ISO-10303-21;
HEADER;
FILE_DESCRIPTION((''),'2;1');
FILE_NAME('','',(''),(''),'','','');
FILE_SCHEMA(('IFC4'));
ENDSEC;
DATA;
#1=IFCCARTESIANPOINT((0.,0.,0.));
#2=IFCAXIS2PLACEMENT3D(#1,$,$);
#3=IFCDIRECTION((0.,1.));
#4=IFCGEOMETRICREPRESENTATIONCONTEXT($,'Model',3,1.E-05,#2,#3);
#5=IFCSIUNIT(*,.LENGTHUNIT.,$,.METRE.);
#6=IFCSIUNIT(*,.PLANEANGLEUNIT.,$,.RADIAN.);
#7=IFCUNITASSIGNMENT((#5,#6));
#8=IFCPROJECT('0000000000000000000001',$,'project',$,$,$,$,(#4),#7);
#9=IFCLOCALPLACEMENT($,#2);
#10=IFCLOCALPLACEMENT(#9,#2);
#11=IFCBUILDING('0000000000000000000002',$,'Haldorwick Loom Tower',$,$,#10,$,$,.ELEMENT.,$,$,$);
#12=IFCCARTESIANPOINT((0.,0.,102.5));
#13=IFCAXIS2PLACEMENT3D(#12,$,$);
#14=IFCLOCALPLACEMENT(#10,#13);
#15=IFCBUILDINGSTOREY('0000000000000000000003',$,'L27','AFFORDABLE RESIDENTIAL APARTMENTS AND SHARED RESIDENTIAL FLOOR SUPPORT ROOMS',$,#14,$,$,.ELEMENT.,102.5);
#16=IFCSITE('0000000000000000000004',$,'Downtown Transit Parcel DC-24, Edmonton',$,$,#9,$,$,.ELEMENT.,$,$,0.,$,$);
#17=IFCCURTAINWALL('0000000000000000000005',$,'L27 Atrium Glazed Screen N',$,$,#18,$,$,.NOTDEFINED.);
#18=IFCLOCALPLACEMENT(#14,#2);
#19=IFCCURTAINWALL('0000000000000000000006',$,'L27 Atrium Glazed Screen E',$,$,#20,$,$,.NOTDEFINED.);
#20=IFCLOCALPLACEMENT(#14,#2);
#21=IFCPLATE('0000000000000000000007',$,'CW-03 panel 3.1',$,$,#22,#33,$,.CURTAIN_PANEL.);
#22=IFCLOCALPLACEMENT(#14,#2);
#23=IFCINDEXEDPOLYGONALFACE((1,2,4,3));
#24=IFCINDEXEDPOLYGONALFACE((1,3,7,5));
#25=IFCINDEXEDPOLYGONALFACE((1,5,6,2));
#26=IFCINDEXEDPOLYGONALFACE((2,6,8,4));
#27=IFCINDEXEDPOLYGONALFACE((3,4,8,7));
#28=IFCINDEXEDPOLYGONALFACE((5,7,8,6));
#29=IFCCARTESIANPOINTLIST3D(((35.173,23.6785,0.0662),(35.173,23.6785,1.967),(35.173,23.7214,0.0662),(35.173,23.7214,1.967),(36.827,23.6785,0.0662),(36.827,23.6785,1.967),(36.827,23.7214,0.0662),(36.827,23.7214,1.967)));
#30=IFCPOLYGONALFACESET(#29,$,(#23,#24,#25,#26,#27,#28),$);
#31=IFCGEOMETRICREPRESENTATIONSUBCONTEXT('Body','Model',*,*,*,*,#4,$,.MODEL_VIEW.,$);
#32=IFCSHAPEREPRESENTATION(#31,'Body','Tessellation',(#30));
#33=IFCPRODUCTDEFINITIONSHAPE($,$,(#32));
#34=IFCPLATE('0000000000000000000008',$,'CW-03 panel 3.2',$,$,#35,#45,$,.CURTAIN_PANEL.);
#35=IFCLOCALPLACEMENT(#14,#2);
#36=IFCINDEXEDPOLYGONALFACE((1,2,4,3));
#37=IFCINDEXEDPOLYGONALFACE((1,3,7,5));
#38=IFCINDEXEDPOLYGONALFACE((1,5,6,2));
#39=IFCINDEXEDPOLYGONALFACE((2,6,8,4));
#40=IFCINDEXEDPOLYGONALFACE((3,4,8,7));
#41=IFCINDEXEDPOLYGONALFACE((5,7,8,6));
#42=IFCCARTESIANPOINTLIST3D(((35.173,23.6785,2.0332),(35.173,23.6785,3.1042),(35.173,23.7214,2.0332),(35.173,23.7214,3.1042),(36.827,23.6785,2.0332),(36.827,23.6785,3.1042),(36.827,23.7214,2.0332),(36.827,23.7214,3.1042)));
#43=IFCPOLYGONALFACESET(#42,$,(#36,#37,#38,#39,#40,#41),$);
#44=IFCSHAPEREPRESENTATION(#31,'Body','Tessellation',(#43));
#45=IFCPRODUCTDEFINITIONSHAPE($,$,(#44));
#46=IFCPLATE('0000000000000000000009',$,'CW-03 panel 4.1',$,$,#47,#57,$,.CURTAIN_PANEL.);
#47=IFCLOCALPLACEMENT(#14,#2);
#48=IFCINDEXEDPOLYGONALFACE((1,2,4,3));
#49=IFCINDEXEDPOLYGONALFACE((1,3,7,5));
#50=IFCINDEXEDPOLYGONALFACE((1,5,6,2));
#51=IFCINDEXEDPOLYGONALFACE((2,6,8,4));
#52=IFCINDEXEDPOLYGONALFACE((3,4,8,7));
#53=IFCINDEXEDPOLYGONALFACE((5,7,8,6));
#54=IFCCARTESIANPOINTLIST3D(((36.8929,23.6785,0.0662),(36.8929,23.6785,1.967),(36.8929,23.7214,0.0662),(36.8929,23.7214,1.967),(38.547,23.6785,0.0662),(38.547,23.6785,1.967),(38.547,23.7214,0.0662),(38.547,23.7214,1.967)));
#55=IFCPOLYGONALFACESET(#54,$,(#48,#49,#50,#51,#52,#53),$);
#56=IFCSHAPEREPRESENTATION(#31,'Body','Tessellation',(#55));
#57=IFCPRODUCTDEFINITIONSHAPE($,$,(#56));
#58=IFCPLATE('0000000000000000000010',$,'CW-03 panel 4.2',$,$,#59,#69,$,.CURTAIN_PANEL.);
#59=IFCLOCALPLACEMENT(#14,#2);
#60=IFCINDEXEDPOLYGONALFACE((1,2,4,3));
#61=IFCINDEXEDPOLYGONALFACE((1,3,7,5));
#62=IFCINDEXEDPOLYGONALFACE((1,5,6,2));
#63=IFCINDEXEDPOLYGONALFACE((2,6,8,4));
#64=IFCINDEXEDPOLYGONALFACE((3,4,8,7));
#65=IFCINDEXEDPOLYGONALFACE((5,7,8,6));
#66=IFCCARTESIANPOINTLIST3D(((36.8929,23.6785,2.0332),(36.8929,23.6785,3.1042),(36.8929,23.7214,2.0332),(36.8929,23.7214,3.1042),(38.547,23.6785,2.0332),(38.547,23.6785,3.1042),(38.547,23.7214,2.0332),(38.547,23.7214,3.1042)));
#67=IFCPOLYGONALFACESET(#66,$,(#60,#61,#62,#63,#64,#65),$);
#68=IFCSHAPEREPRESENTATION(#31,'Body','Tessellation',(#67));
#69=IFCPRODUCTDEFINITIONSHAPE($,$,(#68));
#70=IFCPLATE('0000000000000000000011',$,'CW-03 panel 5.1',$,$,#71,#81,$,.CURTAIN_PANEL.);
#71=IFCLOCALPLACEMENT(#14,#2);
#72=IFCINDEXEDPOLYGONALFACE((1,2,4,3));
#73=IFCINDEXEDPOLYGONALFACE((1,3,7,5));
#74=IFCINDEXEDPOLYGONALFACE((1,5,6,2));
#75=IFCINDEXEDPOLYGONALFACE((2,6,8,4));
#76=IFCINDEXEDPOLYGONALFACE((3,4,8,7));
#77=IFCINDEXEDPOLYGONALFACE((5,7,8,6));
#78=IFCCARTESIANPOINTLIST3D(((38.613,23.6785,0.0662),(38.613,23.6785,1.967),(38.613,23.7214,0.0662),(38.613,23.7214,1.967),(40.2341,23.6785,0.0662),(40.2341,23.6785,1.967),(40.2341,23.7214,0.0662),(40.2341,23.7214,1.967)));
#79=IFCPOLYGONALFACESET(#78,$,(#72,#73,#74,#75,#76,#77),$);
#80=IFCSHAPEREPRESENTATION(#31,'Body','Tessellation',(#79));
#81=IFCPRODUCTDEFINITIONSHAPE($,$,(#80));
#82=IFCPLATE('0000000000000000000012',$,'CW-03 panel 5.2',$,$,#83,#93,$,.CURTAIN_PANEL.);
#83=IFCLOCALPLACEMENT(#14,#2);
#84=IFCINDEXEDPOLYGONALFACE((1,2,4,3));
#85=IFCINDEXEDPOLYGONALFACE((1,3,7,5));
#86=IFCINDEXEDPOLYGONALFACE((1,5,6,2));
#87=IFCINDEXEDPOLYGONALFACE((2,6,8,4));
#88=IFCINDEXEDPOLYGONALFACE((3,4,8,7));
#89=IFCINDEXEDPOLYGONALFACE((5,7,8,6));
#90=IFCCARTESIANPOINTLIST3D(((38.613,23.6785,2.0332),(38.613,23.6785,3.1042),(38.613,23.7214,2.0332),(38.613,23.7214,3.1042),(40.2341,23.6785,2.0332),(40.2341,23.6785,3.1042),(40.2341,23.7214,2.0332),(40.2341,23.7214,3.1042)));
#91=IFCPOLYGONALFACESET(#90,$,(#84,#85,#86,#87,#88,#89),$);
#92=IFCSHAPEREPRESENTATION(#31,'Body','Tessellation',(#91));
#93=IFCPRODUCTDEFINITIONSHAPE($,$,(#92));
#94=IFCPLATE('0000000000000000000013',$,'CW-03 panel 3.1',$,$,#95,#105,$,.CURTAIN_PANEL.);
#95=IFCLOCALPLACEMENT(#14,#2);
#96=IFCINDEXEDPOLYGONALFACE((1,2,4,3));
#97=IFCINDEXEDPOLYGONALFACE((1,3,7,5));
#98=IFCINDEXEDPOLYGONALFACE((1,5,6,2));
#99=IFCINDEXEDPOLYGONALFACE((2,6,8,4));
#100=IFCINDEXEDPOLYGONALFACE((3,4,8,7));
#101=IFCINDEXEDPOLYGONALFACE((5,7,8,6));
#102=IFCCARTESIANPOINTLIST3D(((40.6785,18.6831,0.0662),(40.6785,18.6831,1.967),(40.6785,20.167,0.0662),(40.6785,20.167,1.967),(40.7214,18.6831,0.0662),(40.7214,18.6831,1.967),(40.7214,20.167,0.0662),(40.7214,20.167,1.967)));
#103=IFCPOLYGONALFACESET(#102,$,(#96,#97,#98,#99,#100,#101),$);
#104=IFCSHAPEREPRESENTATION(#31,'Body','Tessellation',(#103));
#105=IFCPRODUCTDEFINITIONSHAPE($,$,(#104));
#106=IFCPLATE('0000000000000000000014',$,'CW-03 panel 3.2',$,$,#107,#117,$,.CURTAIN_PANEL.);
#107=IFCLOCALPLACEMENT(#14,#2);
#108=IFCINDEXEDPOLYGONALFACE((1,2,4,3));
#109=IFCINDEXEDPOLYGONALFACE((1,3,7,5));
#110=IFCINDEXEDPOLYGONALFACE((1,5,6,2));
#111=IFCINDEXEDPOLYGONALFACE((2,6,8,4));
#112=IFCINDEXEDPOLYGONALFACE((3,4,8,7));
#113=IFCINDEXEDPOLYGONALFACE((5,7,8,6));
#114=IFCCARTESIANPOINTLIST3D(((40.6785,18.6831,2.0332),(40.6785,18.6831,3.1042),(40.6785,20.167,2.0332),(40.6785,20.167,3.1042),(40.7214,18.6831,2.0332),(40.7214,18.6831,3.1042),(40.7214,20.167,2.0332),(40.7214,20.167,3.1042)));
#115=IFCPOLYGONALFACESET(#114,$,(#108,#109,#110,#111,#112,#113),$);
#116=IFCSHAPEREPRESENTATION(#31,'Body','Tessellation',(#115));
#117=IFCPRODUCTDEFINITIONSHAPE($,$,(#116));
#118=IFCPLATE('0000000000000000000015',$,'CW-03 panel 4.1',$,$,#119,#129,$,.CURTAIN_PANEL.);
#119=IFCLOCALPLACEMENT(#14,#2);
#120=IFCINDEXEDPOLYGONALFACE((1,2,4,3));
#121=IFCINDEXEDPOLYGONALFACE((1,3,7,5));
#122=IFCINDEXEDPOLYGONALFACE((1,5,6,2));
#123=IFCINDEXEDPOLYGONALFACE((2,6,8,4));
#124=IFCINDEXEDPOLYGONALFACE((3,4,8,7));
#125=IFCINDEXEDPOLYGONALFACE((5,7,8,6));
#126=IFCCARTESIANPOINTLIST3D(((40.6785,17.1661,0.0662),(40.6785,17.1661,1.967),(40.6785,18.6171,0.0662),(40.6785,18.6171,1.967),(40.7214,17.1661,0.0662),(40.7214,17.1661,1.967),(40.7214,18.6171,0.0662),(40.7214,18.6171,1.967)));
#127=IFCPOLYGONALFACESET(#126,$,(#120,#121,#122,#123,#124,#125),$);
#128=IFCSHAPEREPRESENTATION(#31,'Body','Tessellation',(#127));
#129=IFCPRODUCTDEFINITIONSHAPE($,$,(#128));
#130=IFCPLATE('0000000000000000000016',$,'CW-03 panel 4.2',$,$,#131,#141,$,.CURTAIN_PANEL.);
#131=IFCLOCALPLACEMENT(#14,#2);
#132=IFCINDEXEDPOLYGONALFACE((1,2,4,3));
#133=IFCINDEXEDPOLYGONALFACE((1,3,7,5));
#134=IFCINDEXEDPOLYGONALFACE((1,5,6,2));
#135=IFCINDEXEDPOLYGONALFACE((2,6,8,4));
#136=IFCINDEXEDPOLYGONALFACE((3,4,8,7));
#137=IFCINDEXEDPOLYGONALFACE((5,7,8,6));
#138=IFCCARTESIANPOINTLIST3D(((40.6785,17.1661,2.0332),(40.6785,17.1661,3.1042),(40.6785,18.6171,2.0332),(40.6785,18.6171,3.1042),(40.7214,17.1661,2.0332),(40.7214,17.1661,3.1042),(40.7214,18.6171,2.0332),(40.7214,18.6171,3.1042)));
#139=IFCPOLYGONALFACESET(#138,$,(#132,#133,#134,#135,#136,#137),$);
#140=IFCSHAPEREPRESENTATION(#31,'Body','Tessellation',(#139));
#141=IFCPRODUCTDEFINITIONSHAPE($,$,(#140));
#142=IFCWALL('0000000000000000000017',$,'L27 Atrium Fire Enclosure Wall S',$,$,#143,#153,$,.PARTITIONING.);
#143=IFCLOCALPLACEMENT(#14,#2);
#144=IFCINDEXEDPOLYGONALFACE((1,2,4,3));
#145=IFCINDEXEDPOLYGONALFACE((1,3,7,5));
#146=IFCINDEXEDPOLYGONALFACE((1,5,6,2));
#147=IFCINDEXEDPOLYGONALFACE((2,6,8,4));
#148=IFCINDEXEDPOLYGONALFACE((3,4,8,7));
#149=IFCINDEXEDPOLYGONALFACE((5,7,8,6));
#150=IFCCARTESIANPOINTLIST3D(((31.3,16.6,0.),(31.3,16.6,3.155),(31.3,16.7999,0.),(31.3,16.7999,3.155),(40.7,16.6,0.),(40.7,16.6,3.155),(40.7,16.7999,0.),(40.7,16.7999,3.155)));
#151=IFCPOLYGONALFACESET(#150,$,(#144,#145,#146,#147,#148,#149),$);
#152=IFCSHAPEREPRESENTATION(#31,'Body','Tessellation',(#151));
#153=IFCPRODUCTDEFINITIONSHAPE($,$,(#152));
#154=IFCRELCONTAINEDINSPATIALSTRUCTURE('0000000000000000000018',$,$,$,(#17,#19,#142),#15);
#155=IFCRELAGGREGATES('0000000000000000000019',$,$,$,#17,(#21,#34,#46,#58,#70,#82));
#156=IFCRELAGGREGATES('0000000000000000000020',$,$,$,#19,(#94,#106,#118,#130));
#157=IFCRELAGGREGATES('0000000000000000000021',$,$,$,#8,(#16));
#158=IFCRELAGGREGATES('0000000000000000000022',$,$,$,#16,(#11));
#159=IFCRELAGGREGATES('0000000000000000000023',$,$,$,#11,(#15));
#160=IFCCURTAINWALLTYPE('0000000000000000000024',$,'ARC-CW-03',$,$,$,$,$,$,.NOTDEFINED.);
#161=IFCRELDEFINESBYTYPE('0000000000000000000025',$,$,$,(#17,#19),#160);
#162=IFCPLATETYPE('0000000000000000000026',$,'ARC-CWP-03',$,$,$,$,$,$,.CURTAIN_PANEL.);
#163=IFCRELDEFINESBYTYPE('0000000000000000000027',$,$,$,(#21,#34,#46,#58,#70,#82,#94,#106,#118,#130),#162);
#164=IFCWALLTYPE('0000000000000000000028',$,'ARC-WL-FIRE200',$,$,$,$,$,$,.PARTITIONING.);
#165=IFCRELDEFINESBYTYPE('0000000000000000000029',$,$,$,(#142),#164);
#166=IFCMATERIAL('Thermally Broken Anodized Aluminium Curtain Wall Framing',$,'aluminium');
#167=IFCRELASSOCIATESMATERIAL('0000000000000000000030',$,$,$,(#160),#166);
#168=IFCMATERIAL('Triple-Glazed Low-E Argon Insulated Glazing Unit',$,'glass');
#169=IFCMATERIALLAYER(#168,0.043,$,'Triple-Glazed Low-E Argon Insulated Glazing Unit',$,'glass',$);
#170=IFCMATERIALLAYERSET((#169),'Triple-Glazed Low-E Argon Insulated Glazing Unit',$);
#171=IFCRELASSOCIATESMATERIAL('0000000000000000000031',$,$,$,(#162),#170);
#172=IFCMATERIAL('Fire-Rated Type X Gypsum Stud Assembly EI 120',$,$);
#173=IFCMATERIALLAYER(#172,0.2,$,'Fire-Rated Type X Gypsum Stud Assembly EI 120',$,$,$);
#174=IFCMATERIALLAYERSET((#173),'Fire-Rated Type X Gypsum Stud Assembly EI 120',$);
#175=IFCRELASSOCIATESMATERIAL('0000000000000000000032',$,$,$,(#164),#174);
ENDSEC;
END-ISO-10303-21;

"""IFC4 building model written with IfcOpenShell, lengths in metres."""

from ifc_helpers import new_model, si_unit, direction, frame, frame_2d, origin, origin_2d, place, context, subcontext, project, spatial, rectangle, extrude, material, layer, layer_set, type_object, element, aggregate, save


model = new_model("IFC4")

# Units and contexts
model_context = context("Model", 3, precision=1e-05, world=origin(), true_north=direction((0.0, 1.0)))
body_context = subcontext(model_context, "Body", "Model", "MODEL_VIEW")
ifc_project = project(units=[si_unit("LENGTHUNIT", "METRE"), si_unit("PLANEANGLEUNIT", "RADIAN")], contexts=[model_context])

# Site, building, storey
site_placement = place(None, origin())
site = spatial("IfcSite", under=ifc_project, at=site_placement, Name="Downtown Transit Parcel DC-24, Edmonton", CompositionType="ELEMENT", RefElevation=0.0)
building_placement = place(site_placement, origin())
building = spatial("IfcBuilding", under=site, at=building_placement, Name="Haldorwick Loom Tower", CompositionType="ELEMENT")
storey_placement = place(building_placement, frame((0.0, 0.0, 102.5)))
storey = spatial("IfcBuildingStorey", under=building, at=storey_placement, Name="L27", Description="AFFORDABLE RESIDENTIAL APARTMENTS AND SHARED RESIDENTIAL FLOOR SUPPORT ROOMS", CompositionType="ELEMENT", Elevation=102.5)

# Shared definitions
ifc_material_1 = material(Name="Thermally Broken Anodized Aluminium Curtain Wall Framing", Category="aluminium")
curtain_wall_type = type_object("IfcCurtainWallType", Name="ARC-CW-03", PredefinedType="NOTDEFINED", material=ifc_material_1)

# Curtain walls
curtain_wall_1_placement = place(storey_placement, origin())
curtain_wall_1 = element("IfcCurtainWall", 1, at=curtain_wall_1_placement, inside=storey, type_object=curtain_wall_type, Name="L27 Atrium Glazed Screen N", PredefinedType="NOTDEFINED")
curtain_wall_2_placement = place(storey_placement, origin())
curtain_wall_2 = element("IfcCurtainWall", 2, at=curtain_wall_2_placement, inside=storey, type_object=curtain_wall_type, Name="L27 Atrium Glazed Screen E", PredefinedType="NOTDEFINED")

# Plates
ifc_material_2 = material(Name="Triple-Glazed Low-E Argon Insulated Glazing Unit", Category="glass")
ifc_layer_1 = layer(ifc_material_2, 0.043, Name="Triple-Glazed Low-E Argon Insulated Glazing Unit", Category="glass")
ifc_layer_set_1 = layer_set([ifc_layer_1], Name="Triple-Glazed Low-E Argon Insulated Glazing Unit")
plate_type = type_object("IfcPlateType", Name="ARC-CWP-03", PredefinedType="CURTAIN_PANEL", material=ifc_layer_set_1)
plate_1_placement = place(storey_placement, frame((36.0, 23.7, 0.0662), z_axis=(0.0, 0.0, 1.0), x_axis=(1.0, 0.0, 0.0)))
plate_1 = element("IfcPlate", 3, at=plate_1_placement, type_object=plate_type, Name="CW-03 panel 3.1", PredefinedType="CURTAIN_PANEL", context=body_context, shape_type="SweptSolid", body=[
    extrude(rectangle(XDim=1.6541, YDim=0.043, at=origin_2d()), origin(), (0.0, 0.0, 1.0), 1.9009),
])
plate_2_placement = place(storey_placement, frame((36.0, 23.7, 2.0332), z_axis=(0.0, 0.0, 1.0), x_axis=(1.0, 0.0, 0.0)))
plate_2 = element("IfcPlate", 4, at=plate_2_placement, type_object=plate_type, Name="CW-03 panel 3.2", PredefinedType="CURTAIN_PANEL", context=body_context, shape_type="SweptSolid", body=[
    extrude(rectangle(XDim=1.6541, YDim=0.043, at=origin_2d()), origin(), (0.0, 0.0, 1.0), 1.071),
])
plate_3_placement = place(storey_placement, frame((37.72, 23.7, 0.0662), z_axis=(0.0, 0.0, 1.0), x_axis=(1.0, 0.0, 0.0)))
plate_3 = element("IfcPlate", 5, at=plate_3_placement, type_object=plate_type, Name="CW-03 panel 4.1", PredefinedType="CURTAIN_PANEL", context=body_context, shape_type="SweptSolid", body=[
    extrude(rectangle(XDim=1.6541, YDim=0.043, at=origin_2d()), origin(), (0.0, 0.0, 1.0), 1.9009),
])
plate_4_placement = place(storey_placement, frame((37.72, 23.7, 2.0332), z_axis=(0.0, 0.0, 1.0), x_axis=(1.0, 0.0, 0.0)))
plate_4 = element("IfcPlate", 6, at=plate_4_placement, type_object=plate_type, Name="CW-03 panel 4.2", PredefinedType="CURTAIN_PANEL", context=body_context, shape_type="SweptSolid", body=[
    extrude(rectangle(XDim=1.6541, YDim=0.043, at=origin_2d()), origin(), (0.0, 0.0, 1.0), 1.071),
])
plate_5_placement = place(storey_placement, frame((39.4236, 23.7, 0.0662), z_axis=(0.0, 0.0, 1.0), x_axis=(1.0, 0.0, 0.0)))
plate_5 = element("IfcPlate", 7, at=plate_5_placement, type_object=plate_type, Name="CW-03 panel 5.1", PredefinedType="CURTAIN_PANEL", context=body_context, shape_type="SweptSolid", body=[
    extrude(rectangle(XDim=1.6211, YDim=0.043, at=origin_2d()), origin(), (0.0, 0.0, 1.0), 1.9009),
])
plate_6_placement = place(storey_placement, frame((39.4236, 23.7, 2.0332), z_axis=(0.0, 0.0, 1.0), x_axis=(1.0, 0.0, 0.0)))
plate_6 = element("IfcPlate", 8, at=plate_6_placement, type_object=plate_type, Name="CW-03 panel 5.2", PredefinedType="CURTAIN_PANEL", context=body_context, shape_type="SweptSolid", body=[
    extrude(rectangle(XDim=1.6211, YDim=0.043, at=origin_2d()), origin(), (0.0, 0.0, 1.0), 1.071),
])
aggregate(curtain_wall_1, [plate_1, plate_2, plate_3, plate_4, plate_5, plate_6])
plate_7_placement = place(storey_placement, frame((40.7, 19.425, 0.0662), z_axis=(0.0, 0.0, 1.0), x_axis=(0.0, -1.0, 0.0)))
plate_7 = element("IfcPlate", 9, at=plate_7_placement, type_object=plate_type, Name="CW-03 panel 3.1", PredefinedType="CURTAIN_PANEL", context=body_context, shape_type="SweptSolid", body=[
    extrude(rectangle(XDim=1.4839, YDim=0.043, at=origin_2d()), origin(), (0.0, 0.0, 1.0), 1.9009),
])
plate_8_placement = place(storey_placement, frame((40.7, 19.425, 2.0332), z_axis=(0.0, 0.0, 1.0), x_axis=(0.0, -1.0, 0.0)))
plate_8 = element("IfcPlate", 10, at=plate_8_placement, type_object=plate_type, Name="CW-03 panel 3.2", PredefinedType="CURTAIN_PANEL", context=body_context, shape_type="SweptSolid", body=[
    extrude(rectangle(XDim=1.4839, YDim=0.043, at=origin_2d()), origin(), (0.0, 0.0, 1.0), 1.071),
])
plate_9_placement = place(storey_placement, frame((40.7, 17.8916, 0.0662), z_axis=(0.0, 0.0, 1.0), x_axis=(0.0, -1.0, 0.0)))
plate_9 = element("IfcPlate", 11, at=plate_9_placement, type_object=plate_type, Name="CW-03 panel 4.1", PredefinedType="CURTAIN_PANEL", context=body_context, shape_type="SweptSolid", body=[
    extrude(rectangle(XDim=1.4509, YDim=0.043, at=origin_2d()), origin(), (0.0, 0.0, 1.0), 1.9009),
])
plate_10_placement = place(storey_placement, frame((40.7, 17.8916, 2.0332), z_axis=(0.0, 0.0, 1.0), x_axis=(0.0, -1.0, 0.0)))
plate_10 = element("IfcPlate", 12, at=plate_10_placement, type_object=plate_type, Name="CW-03 panel 4.2", PredefinedType="CURTAIN_PANEL", context=body_context, shape_type="SweptSolid", body=[
    extrude(rectangle(XDim=1.4509, YDim=0.043, at=origin_2d()), origin(), (0.0, 0.0, 1.0), 1.071),
])
aggregate(curtain_wall_2, [plate_7, plate_8, plate_9, plate_10])

# Wall
ifc_material_3 = material(Name="Fire-Rated Type X Gypsum Stud Assembly EI 120")
ifc_layer_2 = layer(ifc_material_3, 0.2, Name="Fire-Rated Type X Gypsum Stud Assembly EI 120")
ifc_layer_set_2 = layer_set([ifc_layer_2], Name="Fire-Rated Type X Gypsum Stud Assembly EI 120")
wall_type = type_object("IfcWallType", Name="ARC-WL-FIRE200", PredefinedType="PARTITIONING", material=ifc_layer_set_2)
wall_placement = place(storey_placement, frame((40.7, 16.7, 0.0), z_axis=(0.0, 0.0, 1.0), x_axis=(-1.0, 0.0, 0.0)))
element("IfcWall", 13, at=wall_placement, inside=storey, type_object=wall_type, Name="L27 Atrium Fire Enclosure Wall S", PredefinedType="PARTITIONING", context=body_context, shape_type="SweptSolid", body=[
    extrude(rectangle(XDim=9.3999, YDim=0.2, at=frame_2d((4.7, 0.0))), origin(), (0.0, 0.0, 1.0), 3.155),
])

save(model, "model.ifc")
